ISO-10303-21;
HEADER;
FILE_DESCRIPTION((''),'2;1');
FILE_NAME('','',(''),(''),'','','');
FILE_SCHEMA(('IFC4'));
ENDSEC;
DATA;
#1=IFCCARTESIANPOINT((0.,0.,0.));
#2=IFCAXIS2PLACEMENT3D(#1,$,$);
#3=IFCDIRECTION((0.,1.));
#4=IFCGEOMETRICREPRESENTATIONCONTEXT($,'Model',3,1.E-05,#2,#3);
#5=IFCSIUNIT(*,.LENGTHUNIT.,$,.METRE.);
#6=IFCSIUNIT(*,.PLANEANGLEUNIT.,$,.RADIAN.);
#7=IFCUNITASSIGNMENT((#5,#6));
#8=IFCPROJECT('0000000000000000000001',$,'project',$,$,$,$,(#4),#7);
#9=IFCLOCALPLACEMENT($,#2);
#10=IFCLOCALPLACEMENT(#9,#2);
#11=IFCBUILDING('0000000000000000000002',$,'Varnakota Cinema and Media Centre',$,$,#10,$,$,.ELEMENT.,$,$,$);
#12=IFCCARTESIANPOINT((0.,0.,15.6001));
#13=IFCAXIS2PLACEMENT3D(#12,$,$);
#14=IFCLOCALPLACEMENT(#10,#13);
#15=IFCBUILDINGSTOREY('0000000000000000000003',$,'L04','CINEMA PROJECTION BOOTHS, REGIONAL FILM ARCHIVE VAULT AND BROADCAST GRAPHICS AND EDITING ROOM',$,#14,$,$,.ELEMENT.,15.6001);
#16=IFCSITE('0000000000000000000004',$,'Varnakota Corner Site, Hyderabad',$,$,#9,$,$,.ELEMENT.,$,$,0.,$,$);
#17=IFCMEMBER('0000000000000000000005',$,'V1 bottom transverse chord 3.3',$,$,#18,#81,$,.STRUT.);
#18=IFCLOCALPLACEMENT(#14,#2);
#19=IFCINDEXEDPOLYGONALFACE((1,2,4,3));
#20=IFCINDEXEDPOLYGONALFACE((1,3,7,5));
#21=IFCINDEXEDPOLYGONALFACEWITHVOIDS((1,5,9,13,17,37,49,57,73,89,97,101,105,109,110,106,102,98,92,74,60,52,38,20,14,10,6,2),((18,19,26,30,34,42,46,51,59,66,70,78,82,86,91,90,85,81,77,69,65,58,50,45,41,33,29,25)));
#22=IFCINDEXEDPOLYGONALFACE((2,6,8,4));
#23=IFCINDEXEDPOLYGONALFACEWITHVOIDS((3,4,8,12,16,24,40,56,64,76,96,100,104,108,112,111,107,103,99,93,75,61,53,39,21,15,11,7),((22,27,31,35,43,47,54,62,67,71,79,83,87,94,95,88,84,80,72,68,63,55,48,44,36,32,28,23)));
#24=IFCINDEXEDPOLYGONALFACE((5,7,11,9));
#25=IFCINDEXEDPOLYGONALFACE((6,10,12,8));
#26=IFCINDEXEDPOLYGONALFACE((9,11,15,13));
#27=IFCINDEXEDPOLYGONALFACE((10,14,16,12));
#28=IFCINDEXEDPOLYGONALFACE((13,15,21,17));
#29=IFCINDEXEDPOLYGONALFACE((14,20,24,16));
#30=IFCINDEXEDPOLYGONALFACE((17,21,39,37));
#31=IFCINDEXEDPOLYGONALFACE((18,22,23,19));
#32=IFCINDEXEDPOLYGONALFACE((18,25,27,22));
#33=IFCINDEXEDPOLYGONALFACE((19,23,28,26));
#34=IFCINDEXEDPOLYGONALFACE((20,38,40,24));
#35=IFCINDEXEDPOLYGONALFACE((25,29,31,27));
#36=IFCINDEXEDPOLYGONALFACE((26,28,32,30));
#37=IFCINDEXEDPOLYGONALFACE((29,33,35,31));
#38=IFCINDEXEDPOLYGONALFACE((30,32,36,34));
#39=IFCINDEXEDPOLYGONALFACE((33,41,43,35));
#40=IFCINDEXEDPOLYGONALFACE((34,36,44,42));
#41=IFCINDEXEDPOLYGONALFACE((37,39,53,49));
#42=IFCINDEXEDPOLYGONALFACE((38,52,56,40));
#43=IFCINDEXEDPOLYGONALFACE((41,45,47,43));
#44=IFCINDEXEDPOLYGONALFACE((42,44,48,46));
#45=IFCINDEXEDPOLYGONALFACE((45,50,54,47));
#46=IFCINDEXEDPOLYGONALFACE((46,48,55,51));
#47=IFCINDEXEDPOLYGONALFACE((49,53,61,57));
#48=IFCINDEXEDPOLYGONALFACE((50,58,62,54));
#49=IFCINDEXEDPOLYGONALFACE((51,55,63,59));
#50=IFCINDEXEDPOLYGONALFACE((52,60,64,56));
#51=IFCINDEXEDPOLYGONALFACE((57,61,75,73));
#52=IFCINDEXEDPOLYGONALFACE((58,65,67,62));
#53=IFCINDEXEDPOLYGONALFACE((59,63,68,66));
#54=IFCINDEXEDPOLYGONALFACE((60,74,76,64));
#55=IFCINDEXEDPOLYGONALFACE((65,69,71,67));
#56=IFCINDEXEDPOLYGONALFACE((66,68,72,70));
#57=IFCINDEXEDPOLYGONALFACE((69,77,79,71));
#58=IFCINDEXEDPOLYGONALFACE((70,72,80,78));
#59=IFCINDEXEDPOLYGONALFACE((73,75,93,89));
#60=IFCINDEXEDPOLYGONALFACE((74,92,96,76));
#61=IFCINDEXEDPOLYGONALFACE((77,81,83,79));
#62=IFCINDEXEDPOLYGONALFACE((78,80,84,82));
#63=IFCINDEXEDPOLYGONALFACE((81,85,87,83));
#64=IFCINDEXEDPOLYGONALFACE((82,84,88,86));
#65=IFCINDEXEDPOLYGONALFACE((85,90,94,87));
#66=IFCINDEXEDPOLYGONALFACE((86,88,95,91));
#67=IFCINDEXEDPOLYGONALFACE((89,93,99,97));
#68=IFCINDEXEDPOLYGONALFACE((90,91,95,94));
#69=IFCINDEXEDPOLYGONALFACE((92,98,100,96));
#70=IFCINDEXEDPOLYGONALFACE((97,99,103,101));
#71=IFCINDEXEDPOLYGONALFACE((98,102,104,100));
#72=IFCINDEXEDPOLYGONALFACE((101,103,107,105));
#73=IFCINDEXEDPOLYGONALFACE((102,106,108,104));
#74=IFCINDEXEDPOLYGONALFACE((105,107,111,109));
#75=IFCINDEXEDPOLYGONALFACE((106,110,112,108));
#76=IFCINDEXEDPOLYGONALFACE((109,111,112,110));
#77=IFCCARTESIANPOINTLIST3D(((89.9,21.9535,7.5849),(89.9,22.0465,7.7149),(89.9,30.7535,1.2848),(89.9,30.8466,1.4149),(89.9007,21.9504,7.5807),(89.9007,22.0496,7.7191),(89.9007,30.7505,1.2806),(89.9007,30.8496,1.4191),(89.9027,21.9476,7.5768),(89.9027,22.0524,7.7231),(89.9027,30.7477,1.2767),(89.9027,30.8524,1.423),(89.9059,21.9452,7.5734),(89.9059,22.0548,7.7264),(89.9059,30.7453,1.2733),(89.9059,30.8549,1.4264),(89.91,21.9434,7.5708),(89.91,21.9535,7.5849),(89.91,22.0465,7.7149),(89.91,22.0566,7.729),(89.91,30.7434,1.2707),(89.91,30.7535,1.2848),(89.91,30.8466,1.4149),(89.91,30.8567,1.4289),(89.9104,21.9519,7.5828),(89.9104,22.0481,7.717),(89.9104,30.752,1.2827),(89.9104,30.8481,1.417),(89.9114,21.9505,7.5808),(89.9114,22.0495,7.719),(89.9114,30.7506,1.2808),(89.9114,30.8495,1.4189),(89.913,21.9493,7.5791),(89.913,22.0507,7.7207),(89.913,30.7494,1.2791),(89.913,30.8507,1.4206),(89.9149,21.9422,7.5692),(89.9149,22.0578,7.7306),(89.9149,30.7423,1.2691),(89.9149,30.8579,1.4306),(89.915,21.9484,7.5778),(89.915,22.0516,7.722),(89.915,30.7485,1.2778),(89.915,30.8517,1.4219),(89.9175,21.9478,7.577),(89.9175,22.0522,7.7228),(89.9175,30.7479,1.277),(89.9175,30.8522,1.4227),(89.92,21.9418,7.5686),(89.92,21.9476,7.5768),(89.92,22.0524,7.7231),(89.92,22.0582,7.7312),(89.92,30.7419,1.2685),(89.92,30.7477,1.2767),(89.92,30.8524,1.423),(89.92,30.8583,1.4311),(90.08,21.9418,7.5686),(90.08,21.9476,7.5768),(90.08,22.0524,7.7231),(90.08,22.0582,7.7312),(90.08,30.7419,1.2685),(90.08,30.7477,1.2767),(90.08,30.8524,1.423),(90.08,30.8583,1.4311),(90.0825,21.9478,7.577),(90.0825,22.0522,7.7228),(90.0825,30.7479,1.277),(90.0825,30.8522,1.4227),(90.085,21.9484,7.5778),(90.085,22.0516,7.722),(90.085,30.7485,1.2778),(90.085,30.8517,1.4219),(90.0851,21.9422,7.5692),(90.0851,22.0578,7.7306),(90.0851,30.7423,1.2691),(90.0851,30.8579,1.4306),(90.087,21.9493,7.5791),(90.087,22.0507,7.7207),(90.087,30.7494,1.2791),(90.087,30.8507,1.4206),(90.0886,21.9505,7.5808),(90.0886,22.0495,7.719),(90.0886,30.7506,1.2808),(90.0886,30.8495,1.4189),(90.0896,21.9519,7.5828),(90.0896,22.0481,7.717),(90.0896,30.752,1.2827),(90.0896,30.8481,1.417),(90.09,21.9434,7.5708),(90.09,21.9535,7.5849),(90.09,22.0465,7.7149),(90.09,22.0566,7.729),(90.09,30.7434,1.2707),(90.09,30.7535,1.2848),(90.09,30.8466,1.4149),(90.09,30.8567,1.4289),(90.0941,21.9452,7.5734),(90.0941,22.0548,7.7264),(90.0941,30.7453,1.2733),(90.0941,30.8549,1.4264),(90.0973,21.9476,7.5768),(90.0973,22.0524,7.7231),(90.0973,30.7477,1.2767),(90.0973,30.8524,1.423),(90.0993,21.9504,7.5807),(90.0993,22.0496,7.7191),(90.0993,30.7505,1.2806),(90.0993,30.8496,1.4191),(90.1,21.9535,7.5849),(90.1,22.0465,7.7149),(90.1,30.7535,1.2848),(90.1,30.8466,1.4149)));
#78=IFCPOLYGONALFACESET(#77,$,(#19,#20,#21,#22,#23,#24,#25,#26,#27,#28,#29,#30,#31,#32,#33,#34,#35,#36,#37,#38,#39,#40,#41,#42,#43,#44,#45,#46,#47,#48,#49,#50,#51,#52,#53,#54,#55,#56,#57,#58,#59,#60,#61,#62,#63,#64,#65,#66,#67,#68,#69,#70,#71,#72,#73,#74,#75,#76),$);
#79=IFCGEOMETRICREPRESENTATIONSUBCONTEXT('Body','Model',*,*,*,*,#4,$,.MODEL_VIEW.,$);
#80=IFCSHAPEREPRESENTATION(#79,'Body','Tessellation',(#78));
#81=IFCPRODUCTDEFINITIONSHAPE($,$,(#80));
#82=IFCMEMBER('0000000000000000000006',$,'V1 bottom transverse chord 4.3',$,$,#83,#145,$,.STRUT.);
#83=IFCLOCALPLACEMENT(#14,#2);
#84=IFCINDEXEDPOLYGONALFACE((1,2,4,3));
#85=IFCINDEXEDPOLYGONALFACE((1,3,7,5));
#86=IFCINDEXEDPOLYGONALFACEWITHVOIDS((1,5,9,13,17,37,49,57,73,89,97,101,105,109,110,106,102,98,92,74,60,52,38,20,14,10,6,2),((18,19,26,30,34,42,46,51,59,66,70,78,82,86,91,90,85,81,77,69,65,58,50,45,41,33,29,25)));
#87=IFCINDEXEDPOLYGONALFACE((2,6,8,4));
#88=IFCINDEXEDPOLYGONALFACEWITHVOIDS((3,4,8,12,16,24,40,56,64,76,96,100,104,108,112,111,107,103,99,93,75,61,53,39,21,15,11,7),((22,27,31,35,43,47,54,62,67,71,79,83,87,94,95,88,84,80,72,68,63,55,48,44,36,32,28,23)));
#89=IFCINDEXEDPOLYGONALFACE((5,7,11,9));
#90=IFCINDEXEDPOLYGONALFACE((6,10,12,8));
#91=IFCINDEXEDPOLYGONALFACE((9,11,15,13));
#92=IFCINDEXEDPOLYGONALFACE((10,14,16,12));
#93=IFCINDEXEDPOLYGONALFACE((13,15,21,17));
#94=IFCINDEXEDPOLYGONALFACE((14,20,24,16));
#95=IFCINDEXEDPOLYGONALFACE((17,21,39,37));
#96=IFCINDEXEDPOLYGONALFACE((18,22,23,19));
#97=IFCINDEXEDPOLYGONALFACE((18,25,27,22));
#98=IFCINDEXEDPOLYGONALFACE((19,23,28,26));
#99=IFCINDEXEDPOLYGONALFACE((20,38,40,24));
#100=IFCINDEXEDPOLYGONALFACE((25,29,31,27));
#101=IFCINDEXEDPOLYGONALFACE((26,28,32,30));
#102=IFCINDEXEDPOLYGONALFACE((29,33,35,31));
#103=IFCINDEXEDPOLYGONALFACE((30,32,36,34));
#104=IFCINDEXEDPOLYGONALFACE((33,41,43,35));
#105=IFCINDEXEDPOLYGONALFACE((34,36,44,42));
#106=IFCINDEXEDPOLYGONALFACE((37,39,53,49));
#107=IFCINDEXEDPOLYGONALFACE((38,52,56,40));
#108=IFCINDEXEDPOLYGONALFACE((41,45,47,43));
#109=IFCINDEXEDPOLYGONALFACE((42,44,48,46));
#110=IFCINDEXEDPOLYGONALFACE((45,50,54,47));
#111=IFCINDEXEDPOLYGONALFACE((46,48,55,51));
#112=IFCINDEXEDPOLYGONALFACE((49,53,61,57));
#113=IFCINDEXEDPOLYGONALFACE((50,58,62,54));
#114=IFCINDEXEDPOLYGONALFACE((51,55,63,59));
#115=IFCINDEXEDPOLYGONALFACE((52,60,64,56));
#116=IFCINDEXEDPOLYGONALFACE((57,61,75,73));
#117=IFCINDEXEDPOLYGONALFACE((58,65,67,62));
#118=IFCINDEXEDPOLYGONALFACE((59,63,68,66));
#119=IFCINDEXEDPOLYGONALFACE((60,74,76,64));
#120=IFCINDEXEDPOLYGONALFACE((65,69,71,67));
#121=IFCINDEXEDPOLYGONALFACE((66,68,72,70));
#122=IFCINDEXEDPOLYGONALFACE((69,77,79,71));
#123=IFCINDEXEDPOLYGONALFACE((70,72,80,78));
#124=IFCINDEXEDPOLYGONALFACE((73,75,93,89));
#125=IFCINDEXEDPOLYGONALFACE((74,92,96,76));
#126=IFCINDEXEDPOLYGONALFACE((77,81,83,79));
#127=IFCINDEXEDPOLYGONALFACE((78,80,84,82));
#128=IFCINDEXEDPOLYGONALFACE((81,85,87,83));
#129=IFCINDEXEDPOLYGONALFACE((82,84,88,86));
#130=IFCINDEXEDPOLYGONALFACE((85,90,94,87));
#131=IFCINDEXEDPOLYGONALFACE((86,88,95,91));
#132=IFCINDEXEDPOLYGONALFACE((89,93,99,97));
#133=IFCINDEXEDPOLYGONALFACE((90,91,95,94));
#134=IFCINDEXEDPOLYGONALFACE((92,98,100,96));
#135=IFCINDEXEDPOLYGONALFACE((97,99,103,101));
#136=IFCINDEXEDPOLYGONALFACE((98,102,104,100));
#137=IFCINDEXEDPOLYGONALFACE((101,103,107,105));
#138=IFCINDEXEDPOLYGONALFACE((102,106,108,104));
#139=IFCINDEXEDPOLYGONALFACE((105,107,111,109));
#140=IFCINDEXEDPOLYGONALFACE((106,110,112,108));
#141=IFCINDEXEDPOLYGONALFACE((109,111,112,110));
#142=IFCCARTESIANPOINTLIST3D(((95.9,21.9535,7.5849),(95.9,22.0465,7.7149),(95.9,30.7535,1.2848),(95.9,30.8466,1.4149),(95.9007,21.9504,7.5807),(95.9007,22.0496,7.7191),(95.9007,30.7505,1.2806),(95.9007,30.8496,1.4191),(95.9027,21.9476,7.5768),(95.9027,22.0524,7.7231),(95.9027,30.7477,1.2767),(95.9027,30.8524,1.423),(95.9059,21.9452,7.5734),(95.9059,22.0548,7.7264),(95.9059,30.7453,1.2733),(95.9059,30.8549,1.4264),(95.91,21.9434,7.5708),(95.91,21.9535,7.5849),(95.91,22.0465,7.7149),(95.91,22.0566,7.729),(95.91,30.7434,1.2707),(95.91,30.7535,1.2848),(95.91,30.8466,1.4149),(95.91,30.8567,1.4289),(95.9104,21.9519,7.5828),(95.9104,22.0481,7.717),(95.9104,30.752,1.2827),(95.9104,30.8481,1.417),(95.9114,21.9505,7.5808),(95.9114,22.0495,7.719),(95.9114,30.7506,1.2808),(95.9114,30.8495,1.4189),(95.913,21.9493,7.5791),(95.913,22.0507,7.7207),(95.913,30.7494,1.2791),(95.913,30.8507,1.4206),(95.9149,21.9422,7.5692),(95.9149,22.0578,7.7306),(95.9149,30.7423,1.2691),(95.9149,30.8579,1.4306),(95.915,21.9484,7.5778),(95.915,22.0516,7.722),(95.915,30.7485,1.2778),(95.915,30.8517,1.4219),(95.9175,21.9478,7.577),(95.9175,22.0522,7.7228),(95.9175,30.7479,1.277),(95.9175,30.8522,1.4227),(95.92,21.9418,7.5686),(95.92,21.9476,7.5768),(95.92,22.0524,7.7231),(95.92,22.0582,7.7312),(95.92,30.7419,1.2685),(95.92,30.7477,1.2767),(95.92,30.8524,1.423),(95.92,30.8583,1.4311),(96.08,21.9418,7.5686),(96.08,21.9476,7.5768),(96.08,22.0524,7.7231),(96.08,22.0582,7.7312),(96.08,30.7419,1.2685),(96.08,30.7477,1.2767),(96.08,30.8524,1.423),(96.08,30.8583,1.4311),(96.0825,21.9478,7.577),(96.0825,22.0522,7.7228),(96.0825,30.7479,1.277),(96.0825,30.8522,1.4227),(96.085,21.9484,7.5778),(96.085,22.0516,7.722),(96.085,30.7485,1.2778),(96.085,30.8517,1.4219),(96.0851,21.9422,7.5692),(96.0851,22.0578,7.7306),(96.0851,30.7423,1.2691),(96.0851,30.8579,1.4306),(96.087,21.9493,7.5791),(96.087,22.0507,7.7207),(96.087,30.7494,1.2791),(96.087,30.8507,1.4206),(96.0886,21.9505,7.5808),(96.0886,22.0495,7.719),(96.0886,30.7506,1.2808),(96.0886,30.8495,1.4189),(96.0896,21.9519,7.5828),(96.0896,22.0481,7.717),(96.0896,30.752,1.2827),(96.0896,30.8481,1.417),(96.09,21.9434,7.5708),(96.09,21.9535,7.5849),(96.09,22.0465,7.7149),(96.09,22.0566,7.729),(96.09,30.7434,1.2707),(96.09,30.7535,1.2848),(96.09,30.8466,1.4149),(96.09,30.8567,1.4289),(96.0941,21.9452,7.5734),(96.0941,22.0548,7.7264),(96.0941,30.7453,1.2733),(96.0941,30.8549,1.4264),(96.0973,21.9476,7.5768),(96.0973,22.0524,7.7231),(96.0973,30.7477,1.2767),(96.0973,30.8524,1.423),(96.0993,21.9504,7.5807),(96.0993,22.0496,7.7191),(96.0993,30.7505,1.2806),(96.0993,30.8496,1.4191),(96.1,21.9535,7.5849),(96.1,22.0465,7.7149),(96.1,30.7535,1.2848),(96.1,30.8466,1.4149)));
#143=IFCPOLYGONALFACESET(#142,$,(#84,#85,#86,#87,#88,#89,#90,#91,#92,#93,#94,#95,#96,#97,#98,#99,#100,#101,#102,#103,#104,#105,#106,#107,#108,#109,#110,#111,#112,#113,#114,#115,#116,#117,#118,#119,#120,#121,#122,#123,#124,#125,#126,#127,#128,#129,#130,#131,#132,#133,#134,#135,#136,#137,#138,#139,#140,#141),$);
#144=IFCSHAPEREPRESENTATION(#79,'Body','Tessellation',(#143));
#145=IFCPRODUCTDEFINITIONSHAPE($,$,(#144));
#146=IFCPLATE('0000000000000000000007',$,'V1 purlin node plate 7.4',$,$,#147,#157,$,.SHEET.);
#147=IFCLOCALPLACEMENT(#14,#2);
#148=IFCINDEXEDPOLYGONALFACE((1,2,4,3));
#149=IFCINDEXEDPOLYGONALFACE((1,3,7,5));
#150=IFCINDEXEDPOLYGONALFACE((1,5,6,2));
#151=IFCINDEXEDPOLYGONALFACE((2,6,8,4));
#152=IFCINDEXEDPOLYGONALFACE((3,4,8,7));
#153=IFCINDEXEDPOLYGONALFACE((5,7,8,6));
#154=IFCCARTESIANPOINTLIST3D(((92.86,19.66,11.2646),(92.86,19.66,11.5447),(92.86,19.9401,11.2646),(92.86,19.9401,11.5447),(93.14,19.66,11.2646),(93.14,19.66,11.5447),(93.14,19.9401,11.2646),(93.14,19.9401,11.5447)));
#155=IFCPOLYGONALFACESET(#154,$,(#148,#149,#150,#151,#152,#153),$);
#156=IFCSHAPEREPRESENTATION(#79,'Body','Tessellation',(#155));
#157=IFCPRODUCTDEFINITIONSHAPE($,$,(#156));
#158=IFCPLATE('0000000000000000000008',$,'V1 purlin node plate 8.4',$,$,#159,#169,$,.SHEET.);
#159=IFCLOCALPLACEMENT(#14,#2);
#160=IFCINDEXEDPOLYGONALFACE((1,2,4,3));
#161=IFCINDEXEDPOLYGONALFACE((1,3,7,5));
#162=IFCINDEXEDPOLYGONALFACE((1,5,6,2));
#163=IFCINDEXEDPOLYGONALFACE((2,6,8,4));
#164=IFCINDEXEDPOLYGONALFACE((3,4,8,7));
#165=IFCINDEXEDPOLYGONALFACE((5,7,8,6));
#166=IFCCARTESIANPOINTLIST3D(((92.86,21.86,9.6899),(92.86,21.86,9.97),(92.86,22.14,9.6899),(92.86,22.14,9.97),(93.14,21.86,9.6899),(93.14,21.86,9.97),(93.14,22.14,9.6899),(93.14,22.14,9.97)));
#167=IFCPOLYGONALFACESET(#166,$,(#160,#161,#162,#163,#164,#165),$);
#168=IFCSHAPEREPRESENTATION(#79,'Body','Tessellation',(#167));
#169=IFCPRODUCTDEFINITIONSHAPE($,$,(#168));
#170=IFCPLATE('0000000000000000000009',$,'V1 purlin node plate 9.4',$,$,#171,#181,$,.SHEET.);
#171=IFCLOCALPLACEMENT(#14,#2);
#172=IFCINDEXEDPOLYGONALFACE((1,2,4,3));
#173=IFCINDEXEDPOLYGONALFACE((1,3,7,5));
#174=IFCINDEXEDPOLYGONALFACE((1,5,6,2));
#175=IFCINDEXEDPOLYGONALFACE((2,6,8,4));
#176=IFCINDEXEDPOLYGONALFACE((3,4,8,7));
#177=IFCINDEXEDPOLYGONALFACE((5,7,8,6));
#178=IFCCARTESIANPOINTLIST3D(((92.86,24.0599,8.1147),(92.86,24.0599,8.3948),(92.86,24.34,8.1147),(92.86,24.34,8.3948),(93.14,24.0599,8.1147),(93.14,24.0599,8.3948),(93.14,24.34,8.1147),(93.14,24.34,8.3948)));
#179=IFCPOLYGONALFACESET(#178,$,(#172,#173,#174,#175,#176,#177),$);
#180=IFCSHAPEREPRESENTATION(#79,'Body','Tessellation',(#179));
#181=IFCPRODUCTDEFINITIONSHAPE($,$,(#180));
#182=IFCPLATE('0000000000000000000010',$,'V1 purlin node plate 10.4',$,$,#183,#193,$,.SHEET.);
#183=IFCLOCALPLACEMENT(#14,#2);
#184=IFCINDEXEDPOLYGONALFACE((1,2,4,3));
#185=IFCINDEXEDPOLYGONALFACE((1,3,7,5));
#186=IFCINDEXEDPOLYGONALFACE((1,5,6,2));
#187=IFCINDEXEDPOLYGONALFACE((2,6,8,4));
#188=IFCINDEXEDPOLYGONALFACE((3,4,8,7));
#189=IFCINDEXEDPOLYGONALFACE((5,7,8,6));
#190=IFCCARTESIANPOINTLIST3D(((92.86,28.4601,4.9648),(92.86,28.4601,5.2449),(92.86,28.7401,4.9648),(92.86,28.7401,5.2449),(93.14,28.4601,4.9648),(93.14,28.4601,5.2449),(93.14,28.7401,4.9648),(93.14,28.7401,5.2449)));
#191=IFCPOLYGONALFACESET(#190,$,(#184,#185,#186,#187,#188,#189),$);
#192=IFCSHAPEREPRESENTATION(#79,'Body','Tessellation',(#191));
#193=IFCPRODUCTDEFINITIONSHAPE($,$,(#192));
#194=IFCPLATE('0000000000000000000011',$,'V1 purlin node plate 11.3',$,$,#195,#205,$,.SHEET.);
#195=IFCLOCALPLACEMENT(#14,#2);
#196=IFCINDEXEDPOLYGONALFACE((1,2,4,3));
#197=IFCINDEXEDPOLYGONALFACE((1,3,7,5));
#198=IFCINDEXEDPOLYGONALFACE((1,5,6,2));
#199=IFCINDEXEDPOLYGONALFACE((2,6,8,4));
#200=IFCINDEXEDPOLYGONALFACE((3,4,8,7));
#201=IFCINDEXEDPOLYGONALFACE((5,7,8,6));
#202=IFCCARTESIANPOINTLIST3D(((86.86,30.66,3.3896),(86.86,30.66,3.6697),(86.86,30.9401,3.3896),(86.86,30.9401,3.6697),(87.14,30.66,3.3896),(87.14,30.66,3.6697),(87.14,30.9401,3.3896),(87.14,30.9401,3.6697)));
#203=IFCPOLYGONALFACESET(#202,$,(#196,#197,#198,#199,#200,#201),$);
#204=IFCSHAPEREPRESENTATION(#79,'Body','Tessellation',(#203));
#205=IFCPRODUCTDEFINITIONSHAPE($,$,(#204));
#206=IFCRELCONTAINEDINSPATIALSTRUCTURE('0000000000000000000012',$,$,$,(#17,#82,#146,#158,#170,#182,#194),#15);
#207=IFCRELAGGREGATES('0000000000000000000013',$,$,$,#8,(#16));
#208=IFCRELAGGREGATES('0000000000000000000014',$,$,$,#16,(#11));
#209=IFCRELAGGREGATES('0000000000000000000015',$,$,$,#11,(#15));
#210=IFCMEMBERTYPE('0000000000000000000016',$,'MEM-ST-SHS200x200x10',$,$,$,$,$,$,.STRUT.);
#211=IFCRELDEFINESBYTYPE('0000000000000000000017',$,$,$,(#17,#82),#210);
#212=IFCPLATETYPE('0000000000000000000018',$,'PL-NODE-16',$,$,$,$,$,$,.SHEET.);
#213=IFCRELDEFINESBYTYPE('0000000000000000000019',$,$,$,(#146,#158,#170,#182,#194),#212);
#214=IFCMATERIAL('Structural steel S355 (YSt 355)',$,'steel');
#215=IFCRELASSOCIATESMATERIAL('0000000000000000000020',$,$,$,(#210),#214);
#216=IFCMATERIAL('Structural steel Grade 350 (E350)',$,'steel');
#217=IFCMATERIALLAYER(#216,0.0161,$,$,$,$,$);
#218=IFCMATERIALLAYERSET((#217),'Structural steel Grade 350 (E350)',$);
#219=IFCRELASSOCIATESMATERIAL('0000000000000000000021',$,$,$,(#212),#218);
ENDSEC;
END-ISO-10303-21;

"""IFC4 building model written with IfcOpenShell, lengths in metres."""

from ifc_helpers import new_model, si_unit, direction, frame, origin, origin_2d, place, context, subcontext, project, spatial, rectangle, hollow_rectangle, extrude, material, layer, layer_set, material_profile, profile_set, type_object, element, save


model = new_model("IFC4")

# Units and contexts
model_context = context("Model", 3, precision=1e-05, world=origin(), true_north=direction((0.0, 1.0)))
body_context = subcontext(model_context, "Body", "Model", "MODEL_VIEW")
ifc_project = project(units=[si_unit("LENGTHUNIT", "METRE"), si_unit("PLANEANGLEUNIT", "RADIAN")], contexts=[model_context])

# Site, building, storey
site_placement = place(None, origin())
site = spatial("IfcSite", under=ifc_project, at=site_placement, Name="Varnakota Corner Site, Hyderabad", CompositionType="ELEMENT", RefElevation=0.0)
building_placement = place(site_placement, origin())
building = spatial("IfcBuilding", under=site, at=building_placement, Name="Varnakota Cinema and Media Centre", CompositionType="ELEMENT")
storey_placement = place(building_placement, frame((0.0, 0.0, 15.6001)))
storey = spatial("IfcBuildingStorey", under=building, at=storey_placement, Name="L04", Description="CINEMA PROJECTION BOOTHS, REGIONAL FILM ARCHIVE VAULT AND BROADCAST GRAPHICS AND EDITING ROOM", CompositionType="ELEMENT", Elevation=15.6001)

# Members
ifc_material_1 = material(Name="Structural steel S355 (YSt 355)", Category="steel")
ifc_material_profile_1 = material_profile(ifc_material_1, hollow_rectangle(XDim=0.2, YDim=0.2, WallThickness=0.01, InnerFilletRadius=0.01, OuterFilletRadius=0.02, at=origin_2d()), Name="SHS 200x200x10")
ifc_profile_set_1 = profile_set([ifc_material_profile_1], Name="Structural steel S355 (YSt 355)")
member_type_1 = type_object("IfcMemberType", Name="MEM-ST-SHS200x200x10", PredefinedType="STRUT", material=ifc_profile_set_1)
for number, where, z_axis, x_axis, name in (
    (1, (90.0, 22.0, 7.6499), (0.0, 0.813108, -0.582113), (-1.0, 0.0, 0.0), "V1 bottom transverse chord 3.3"),
    (2, (96.0, 22.0, 7.6499), (0.0, 0.813108, -0.582113), (-1.0, 0.0, 0.0), "V1 bottom transverse chord 4.3"),
):
    element("IfcMember", number, at=place(storey_placement, frame(where, z_axis=z_axis, x_axis=x_axis)), inside=storey, type_object=member_type_1, Name=name, PredefinedType="STRUT", context=body_context, shape_type="SweptSolid", body=[
        extrude(hollow_rectangle(XDim=0.2, YDim=0.2, WallThickness=0.01, InnerFilletRadius=0.01, OuterFilletRadius=0.02, at=origin_2d()), origin(), (0.0, 0.0, 1.0), 10.8228),
    ])

# Plates
ifc_material_2 = material(Name="Structural steel Grade 350 (E350)", Category="steel")
ifc_layer_1 = layer(ifc_material_2, 0.0161)
ifc_layer_set_1 = layer_set([ifc_layer_1], Name="Structural steel Grade 350 (E350)")
plate_type_1 = type_object("IfcPlateType", Name="PL-NODE-16", PredefinedType="SHEET", material=ifc_layer_set_1)
for number, where, z_axis, x_axis, name in (
    (3, (93.0, 19.8, 11.2646), (0.0, 0.0, 1.0), (1.0, 0.0, 0.0), "V1 purlin node plate 7.4"),
    (4, (93.0, 22.0, 9.6899), (0.0, 0.0, 1.0), (1.0, 0.0, 0.0), "V1 purlin node plate 8.4"),
    (5, (93.0, 24.2, 8.1147), (0.0, 0.0, 1.0), (1.0, 0.0, 0.0), "V1 purlin node plate 9.4"),
    (6, (93.0, 28.6001, 4.9648), (0.0, 0.0, 1.0), (1.0, 0.0, 0.0), "V1 purlin node plate 10.4"),
    (7, (87.0, 30.8, 3.3896), (0.0, 0.0, 1.0), (1.0, 0.0, 0.0), "V1 purlin node plate 11.3"),
):
    element("IfcPlate", number, at=place(storey_placement, frame(where, z_axis=z_axis, x_axis=x_axis)), inside=storey, type_object=plate_type_1, Name=name, PredefinedType="SHEET", context=body_context, shape_type="SweptSolid", body=[
        extrude(rectangle(XDim=0.28, YDim=0.28, at=origin_2d()), origin(), (0.0, 0.0, 1.0), 0.28),
    ])

save(model, "model.ifc")
